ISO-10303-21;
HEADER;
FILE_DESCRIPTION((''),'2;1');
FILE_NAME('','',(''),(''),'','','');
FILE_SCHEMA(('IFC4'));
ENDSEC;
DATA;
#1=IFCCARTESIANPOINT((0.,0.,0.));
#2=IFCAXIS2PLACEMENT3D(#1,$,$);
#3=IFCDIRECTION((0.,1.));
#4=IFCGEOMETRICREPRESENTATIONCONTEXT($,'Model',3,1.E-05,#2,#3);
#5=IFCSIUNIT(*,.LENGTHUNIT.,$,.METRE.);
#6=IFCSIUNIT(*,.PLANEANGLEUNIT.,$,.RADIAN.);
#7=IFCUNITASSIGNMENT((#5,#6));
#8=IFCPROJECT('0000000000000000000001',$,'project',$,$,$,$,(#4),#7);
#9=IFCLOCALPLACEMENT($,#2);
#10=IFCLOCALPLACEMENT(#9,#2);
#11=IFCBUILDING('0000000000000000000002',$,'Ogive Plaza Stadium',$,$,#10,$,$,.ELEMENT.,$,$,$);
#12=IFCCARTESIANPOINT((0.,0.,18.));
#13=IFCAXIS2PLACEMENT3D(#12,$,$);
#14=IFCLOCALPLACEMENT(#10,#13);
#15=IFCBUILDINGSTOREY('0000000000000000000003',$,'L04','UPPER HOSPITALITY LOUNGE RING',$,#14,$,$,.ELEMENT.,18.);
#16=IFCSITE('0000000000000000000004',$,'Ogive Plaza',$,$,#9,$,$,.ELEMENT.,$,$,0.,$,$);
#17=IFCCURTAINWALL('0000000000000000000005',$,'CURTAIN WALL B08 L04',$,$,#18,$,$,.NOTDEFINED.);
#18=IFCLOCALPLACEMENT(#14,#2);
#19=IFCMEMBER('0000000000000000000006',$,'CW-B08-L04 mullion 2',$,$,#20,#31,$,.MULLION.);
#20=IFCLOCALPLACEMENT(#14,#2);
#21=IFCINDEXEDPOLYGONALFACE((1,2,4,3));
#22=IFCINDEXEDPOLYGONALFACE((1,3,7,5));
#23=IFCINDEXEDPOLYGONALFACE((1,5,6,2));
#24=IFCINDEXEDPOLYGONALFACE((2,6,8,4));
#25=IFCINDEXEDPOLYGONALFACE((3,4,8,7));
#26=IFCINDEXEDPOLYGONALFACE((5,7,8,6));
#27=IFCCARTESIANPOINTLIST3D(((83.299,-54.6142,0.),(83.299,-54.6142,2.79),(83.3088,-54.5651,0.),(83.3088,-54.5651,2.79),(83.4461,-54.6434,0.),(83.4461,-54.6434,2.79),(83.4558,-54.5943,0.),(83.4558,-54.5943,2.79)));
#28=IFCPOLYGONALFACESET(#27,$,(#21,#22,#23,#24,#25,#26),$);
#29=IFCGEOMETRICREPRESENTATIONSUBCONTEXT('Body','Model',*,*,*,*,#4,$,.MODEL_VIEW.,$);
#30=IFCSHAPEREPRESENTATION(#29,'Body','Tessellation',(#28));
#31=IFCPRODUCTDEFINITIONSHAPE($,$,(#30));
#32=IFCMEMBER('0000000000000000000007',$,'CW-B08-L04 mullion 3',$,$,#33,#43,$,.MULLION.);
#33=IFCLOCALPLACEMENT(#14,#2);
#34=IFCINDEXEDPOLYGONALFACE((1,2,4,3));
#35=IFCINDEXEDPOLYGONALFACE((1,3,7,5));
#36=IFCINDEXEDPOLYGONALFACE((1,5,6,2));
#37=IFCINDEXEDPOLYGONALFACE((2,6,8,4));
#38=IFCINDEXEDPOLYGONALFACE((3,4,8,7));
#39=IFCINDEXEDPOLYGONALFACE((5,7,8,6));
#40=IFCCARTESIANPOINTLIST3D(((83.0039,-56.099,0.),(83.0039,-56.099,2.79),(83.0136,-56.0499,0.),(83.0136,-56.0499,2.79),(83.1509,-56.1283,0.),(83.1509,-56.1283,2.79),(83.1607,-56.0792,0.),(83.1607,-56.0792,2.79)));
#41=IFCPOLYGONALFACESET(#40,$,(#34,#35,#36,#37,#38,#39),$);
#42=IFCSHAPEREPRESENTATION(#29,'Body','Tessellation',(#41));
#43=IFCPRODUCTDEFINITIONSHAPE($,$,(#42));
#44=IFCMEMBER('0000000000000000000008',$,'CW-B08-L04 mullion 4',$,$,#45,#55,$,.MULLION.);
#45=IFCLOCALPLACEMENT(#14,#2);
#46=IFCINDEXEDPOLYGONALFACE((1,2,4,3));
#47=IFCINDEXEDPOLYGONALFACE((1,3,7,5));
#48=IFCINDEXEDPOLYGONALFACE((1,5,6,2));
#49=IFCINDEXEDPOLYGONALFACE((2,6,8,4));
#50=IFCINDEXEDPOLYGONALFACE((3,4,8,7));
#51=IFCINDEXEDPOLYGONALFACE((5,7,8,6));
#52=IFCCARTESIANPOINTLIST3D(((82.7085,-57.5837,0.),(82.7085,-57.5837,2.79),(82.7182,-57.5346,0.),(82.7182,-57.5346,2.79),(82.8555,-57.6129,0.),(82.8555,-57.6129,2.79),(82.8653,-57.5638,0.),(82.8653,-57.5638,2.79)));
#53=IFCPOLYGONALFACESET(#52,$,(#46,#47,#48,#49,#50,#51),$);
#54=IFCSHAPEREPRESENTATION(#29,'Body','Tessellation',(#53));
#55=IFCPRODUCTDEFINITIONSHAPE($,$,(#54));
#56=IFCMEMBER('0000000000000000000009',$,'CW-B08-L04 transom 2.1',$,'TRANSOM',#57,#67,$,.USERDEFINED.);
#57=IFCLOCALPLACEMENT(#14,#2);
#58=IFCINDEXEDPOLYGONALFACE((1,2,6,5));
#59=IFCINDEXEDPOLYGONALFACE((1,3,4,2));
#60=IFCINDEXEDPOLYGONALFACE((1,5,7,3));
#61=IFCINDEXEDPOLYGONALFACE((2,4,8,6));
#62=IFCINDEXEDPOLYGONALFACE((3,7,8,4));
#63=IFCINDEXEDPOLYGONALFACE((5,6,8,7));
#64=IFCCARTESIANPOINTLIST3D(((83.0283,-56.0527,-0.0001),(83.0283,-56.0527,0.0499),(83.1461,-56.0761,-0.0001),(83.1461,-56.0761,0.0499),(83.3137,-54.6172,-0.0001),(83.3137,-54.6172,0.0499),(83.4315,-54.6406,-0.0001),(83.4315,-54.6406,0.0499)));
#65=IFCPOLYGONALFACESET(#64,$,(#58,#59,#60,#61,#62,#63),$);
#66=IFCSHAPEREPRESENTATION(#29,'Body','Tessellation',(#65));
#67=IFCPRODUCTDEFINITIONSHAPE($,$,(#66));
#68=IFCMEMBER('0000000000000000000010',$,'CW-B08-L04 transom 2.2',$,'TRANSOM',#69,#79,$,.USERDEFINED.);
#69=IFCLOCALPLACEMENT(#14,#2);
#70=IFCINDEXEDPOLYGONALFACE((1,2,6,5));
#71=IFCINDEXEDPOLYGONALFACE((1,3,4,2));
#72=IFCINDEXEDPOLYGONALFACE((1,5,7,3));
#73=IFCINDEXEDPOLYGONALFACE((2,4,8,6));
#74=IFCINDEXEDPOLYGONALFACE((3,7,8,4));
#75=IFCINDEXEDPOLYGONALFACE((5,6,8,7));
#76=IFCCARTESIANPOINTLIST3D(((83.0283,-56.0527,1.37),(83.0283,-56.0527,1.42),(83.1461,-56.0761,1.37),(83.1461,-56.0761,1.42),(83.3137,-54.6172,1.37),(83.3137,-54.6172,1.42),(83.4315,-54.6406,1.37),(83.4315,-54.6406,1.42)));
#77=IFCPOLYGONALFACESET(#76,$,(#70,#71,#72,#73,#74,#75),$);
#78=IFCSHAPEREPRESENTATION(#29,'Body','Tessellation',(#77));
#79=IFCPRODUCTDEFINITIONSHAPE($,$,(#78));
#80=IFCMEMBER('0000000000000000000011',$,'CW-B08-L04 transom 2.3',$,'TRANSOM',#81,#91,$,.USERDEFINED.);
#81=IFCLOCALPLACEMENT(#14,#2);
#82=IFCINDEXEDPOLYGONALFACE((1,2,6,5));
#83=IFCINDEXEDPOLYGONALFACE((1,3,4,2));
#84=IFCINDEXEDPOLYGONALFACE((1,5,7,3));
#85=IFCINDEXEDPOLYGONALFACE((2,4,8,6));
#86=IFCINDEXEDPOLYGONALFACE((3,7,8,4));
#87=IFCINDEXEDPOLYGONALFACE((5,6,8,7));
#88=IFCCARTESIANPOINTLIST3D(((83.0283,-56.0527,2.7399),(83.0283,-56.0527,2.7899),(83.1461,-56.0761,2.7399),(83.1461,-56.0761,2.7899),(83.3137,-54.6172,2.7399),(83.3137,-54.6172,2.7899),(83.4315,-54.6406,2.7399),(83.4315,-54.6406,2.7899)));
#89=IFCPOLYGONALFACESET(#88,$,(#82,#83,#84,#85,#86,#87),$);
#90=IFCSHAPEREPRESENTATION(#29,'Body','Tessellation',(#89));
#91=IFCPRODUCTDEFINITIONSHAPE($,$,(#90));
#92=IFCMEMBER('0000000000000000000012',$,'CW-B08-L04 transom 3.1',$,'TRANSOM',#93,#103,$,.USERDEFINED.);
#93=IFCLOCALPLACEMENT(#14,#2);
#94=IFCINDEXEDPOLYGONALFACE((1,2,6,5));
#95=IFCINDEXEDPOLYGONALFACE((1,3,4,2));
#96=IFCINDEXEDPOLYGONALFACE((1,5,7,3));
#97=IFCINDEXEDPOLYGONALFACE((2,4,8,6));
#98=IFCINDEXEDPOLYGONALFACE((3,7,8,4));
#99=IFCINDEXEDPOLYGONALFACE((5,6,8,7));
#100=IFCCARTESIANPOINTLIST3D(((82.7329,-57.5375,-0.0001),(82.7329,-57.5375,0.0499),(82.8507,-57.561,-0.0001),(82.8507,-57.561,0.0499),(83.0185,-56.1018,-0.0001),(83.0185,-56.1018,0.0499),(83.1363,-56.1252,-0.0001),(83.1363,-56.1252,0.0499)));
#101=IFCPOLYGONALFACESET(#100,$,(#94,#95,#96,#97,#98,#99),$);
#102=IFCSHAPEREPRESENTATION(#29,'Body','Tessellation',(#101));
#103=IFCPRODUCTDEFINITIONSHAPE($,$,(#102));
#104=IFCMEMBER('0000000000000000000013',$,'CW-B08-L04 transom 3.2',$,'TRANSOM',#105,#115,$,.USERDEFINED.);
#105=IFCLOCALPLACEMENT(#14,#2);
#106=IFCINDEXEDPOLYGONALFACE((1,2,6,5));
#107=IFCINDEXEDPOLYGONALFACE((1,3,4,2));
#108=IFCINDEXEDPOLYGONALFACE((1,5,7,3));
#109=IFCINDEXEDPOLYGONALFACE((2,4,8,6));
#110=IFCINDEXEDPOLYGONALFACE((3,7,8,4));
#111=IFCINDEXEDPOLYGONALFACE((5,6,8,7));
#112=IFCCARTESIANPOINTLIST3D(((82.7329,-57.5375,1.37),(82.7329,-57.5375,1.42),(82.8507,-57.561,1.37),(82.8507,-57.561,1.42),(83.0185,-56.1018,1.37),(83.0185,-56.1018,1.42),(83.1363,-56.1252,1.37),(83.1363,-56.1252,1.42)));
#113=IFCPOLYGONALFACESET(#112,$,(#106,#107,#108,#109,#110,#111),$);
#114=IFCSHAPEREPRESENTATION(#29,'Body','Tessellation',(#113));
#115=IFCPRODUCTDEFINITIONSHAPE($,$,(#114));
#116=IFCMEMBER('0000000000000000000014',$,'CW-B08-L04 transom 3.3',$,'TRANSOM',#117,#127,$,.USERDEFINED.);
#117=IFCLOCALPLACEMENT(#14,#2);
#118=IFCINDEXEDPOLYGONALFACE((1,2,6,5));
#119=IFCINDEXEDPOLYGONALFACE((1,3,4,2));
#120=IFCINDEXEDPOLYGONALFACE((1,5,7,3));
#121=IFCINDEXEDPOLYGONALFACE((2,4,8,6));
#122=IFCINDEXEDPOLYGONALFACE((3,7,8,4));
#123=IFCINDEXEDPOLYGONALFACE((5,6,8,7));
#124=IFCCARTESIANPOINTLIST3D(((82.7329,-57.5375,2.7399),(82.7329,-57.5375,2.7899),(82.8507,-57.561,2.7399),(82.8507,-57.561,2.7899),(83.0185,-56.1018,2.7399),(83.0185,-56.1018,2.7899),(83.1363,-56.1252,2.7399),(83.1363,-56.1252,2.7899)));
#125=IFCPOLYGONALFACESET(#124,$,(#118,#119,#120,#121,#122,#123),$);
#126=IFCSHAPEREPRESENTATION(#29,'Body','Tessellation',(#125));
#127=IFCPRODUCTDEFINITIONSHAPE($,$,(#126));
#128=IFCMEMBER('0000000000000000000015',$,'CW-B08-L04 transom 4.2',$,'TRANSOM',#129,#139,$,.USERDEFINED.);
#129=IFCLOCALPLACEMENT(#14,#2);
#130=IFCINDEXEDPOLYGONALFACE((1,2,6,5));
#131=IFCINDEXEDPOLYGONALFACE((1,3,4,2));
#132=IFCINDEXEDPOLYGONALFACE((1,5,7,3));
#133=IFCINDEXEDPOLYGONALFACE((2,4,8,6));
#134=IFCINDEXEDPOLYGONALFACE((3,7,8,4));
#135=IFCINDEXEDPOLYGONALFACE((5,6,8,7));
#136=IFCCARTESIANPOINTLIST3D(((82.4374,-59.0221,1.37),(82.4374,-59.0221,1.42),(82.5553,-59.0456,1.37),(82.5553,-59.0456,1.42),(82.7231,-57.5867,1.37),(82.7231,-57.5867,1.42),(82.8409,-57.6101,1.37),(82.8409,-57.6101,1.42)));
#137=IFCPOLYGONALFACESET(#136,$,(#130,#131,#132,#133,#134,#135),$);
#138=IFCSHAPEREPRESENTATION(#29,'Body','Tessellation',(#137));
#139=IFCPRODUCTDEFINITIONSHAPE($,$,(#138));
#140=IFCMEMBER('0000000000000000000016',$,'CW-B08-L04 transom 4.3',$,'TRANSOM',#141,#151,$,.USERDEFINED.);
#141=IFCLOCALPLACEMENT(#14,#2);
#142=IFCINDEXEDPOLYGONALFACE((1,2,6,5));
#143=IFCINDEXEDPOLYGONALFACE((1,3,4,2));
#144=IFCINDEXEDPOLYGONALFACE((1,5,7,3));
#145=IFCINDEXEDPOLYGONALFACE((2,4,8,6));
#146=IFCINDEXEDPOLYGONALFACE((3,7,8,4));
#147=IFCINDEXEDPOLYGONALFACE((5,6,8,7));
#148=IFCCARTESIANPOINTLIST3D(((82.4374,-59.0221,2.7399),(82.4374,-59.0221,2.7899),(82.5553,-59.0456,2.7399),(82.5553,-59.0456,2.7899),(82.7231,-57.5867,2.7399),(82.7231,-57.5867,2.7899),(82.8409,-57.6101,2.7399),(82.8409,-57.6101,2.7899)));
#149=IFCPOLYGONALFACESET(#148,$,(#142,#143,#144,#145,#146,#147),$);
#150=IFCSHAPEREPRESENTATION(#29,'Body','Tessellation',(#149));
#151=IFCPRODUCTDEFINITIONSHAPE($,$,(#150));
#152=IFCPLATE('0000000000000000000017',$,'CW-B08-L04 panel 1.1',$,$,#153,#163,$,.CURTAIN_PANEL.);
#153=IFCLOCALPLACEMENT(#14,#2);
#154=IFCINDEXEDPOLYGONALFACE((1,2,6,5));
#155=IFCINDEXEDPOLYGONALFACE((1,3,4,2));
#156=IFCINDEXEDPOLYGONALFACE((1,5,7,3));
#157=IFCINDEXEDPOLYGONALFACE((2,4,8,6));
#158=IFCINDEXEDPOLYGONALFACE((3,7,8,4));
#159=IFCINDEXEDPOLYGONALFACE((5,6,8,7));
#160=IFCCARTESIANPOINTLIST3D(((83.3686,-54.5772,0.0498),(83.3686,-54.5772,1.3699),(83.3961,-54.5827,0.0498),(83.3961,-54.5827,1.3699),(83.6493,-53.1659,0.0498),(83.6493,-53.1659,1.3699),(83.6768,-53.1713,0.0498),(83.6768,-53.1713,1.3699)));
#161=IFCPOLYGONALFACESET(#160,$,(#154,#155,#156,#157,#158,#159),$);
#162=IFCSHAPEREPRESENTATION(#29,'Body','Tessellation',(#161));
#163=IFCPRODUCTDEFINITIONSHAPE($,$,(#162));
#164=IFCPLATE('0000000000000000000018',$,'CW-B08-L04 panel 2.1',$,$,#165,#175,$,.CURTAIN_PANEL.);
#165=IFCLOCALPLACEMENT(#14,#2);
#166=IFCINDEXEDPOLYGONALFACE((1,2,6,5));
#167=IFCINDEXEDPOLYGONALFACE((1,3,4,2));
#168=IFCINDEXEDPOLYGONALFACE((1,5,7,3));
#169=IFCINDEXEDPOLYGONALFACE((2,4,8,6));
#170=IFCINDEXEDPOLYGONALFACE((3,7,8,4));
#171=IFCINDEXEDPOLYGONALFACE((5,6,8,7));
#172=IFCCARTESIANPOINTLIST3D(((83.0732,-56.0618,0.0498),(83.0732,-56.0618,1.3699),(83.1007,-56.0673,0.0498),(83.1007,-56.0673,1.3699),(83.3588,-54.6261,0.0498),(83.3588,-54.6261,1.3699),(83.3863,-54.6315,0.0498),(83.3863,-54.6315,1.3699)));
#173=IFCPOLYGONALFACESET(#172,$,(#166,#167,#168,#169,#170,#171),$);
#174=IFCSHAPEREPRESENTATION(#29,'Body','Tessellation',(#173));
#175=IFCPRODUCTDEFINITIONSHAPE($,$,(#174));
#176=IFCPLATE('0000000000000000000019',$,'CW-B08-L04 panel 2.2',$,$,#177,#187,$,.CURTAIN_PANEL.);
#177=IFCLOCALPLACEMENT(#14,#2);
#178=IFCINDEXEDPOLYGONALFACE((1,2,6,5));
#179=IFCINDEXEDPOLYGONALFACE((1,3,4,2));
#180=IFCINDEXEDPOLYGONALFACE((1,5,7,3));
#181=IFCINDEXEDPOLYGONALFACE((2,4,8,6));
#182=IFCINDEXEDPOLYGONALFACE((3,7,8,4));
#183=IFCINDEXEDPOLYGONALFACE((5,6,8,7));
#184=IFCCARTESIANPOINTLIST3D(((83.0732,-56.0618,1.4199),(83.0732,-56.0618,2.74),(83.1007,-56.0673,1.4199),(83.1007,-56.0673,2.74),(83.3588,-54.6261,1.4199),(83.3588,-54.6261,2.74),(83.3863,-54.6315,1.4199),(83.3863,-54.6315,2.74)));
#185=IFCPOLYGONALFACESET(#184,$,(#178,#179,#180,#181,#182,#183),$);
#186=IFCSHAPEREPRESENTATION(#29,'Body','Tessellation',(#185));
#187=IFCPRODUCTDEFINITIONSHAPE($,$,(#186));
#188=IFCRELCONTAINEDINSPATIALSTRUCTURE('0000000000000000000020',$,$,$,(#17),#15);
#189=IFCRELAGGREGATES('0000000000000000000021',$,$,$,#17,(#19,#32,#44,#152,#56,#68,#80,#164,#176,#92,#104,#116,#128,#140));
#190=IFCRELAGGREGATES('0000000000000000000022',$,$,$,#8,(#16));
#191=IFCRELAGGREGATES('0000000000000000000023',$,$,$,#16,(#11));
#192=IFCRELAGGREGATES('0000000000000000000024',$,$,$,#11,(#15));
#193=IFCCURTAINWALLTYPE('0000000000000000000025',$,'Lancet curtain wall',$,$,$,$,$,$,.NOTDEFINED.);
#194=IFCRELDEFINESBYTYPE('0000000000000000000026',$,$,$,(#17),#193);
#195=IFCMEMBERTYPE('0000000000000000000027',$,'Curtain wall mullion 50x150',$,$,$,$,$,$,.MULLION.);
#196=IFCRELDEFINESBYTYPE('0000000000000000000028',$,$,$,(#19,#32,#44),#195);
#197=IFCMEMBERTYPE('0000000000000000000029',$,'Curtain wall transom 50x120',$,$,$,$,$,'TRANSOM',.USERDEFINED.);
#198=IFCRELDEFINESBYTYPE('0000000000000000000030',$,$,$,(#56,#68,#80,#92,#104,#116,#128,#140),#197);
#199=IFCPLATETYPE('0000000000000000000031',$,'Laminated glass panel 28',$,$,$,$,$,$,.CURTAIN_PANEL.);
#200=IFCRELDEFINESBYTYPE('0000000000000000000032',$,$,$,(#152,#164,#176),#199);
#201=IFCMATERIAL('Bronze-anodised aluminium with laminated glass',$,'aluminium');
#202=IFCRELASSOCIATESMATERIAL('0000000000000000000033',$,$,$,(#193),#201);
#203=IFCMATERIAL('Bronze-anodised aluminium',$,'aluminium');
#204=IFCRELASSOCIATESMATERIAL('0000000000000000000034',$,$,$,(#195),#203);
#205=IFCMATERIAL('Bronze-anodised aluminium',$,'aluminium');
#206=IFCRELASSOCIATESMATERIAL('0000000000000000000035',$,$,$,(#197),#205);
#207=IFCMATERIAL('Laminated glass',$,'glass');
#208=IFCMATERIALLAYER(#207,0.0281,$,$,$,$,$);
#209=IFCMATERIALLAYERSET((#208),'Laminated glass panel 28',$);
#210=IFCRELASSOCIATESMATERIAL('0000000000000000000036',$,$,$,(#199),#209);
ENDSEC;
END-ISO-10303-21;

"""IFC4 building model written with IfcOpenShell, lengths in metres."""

from ifc_helpers import new_model, si_unit, direction, frame, origin, origin_2d, place, context, subcontext, project, spatial, rectangle, extrude, material, layer, layer_set, material_profile, profile_set, type_object, element, aggregate, save


model = new_model("IFC4")

# Units and contexts
model_context = context("Model", 3, precision=1e-05, world=origin(), true_north=direction((0.0, 1.0)))
body_context = subcontext(model_context, "Body", "Model", "MODEL_VIEW")
ifc_project = project(units=[si_unit("LENGTHUNIT", "METRE"), si_unit("PLANEANGLEUNIT", "RADIAN")], contexts=[model_context])

# Site, building, storey
site_placement = place(None, origin())
site = spatial("IfcSite", under=ifc_project, at=site_placement, Name="Ogive Plaza", CompositionType="ELEMENT", RefElevation=0.0)
building_placement = place(site_placement, origin())
building = spatial("IfcBuilding", under=site, at=building_placement, Name="Ogive Plaza Stadium", CompositionType="ELEMENT")
storey_placement = place(building_placement, frame((0.0, 0.0, 18.0)))
storey = spatial("IfcBuildingStorey", under=building, at=storey_placement, Name="L04", Description="UPPER HOSPITALITY LOUNGE RING", CompositionType="ELEMENT", Elevation=18.0)

# Curtain wall, members, plates
ifc_material_1 = material(Name="Bronze-anodised aluminium with laminated glass", Category="aluminium")
curtain_wall_type = type_object("IfcCurtainWallType", Name="Lancet curtain wall", PredefinedType="NOTDEFINED", material=ifc_material_1)
curtain_wall_placement = place(storey_placement, origin())
curtain_wall = element("IfcCurtainWall", 1, at=curtain_wall_placement, inside=storey, type_object=curtain_wall_type, Name="CURTAIN WALL B08 L04", PredefinedType="NOTDEFINED")
ifc_material_2 = material(Name="Bronze-anodised aluminium", Category="aluminium")
ifc_material_profile_1 = material_profile(ifc_material_2, rectangle(XDim=0.1499, YDim=0.05, at=origin_2d()), Name="AL 150x50")
ifc_profile_set_1 = profile_set([ifc_material_profile_1], Name="Bronze-anodised aluminium")
member_type_1 = type_object("IfcMemberType", Name="Curtain wall mullion 50x150", PredefinedType="MULLION", material=ifc_profile_set_1)
member_1_placement = place(storey_placement, frame((83.3774, -54.6042, 0.0), z_axis=(0.0, 0.0, 1.0), x_axis=(0.980785, -0.19509, 0.0)))
member_1 = element("IfcMember", 2, at=member_1_placement, type_object=member_type_1, Name="CW-B08-L04 mullion 2", PredefinedType="MULLION", context=body_context, shape_type="SweptSolid", body=[
    extrude(rectangle(XDim=0.1499, YDim=0.05, at=origin_2d()), origin(), (0.0, 0.0, 1.0), 2.79),
])
member_2_placement = place(storey_placement, frame((83.0823, -56.0891, 0.0), z_axis=(0.0, 0.0, 1.0), x_axis=(0.980785, -0.19509, 0.0)))
member_2 = element("IfcMember", 3, at=member_2_placement, type_object=member_type_1, Name="CW-B08-L04 mullion 3", PredefinedType="MULLION", context=body_context, shape_type="SweptSolid", body=[
    extrude(rectangle(XDim=0.1499, YDim=0.05, at=origin_2d()), origin(), (0.0, 0.0, 1.0), 2.79),
])
member_3_placement = place(storey_placement, frame((82.7869, -57.5737, 0.0), z_axis=(0.0, 0.0, 1.0), x_axis=(0.980785, -0.19509, 0.0)))
member_3 = element("IfcMember", 4, at=member_3_placement, type_object=member_type_1, Name="CW-B08-L04 mullion 4", PredefinedType="MULLION", context=body_context, shape_type="SweptSolid", body=[
    extrude(rectangle(XDim=0.1499, YDim=0.05, at=origin_2d()), origin(), (0.0, 0.0, 1.0), 2.79),
])
ifc_material_3 = material(Name="Bronze-anodised aluminium", Category="aluminium")
ifc_material_profile_2 = material_profile(ifc_material_3, rectangle(XDim=0.1201, YDim=0.05, at=origin_2d()), Name="AL 120x50")
ifc_profile_set_2 = profile_set([ifc_material_profile_2], Name="Bronze-anodised aluminium")
member_type_2 = type_object("IfcMemberType", Name="Curtain wall transom 50x120", ElementType="TRANSOM", PredefinedType="USERDEFINED", material=ifc_profile_set_2)
member_4_placement = place(storey_placement, frame((83.3726, -54.6289, 0.0249), z_axis=(-0.194993, -0.980805, 0.0), x_axis=(0.980805, -0.194993, 0.0)))
member_4 = element("IfcMember", 5, at=member_4_placement, type_object=member_type_2, Name="CW-B08-L04 transom 2.1", ObjectType="TRANSOM", PredefinedType="USERDEFINED", context=body_context, shape_type="SweptSolid", body=[
    extrude(rectangle(XDim=0.1201, YDim=0.05, at=origin_2d()), origin(), (0.0, 0.0, 1.0), 1.4636),
])
member_5_placement = place(storey_placement, frame((83.3726, -54.6289, 1.395), z_axis=(-0.194993, -0.980805, 0.0), x_axis=(0.980805, -0.194993, 0.0)))
member_5 = element("IfcMember", 6, at=member_5_placement, type_object=member_type_2, Name="CW-B08-L04 transom 2.2", ObjectType="TRANSOM", PredefinedType="USERDEFINED", context=body_context, shape_type="SweptSolid", body=[
    extrude(rectangle(XDim=0.1201, YDim=0.05, at=origin_2d()), origin(), (0.0, 0.0, 1.0), 1.4636),
])
member_6_placement = place(storey_placement, frame((83.3726, -54.6289, 2.7649), z_axis=(-0.194993, -0.980805, 0.0), x_axis=(0.980805, -0.194993, 0.0)))
member_6 = element("IfcMember", 7, at=member_6_placement, type_object=member_type_2, Name="CW-B08-L04 transom 2.3", ObjectType="TRANSOM", PredefinedType="USERDEFINED", context=body_context, shape_type="SweptSolid", body=[
    extrude(rectangle(XDim=0.1201, YDim=0.05, at=origin_2d()), origin(), (0.0, 0.0, 1.0), 1.4636),
])
member_7_placement = place(storey_placement, frame((83.0774, -56.1135, 0.0249), z_axis=(-0.195122, -0.980779, 0.0), x_axis=(0.980779, -0.195122, 0.0)))
member_7 = element("IfcMember", 8, at=member_7_placement, type_object=member_type_2, Name="CW-B08-L04 transom 3.1", ObjectType="TRANSOM", PredefinedType="USERDEFINED", context=body_context, shape_type="SweptSolid", body=[
    extrude(rectangle(XDim=0.1201, YDim=0.05, at=origin_2d()), origin(), (0.0, 0.0, 1.0), 1.4639),
])
member_8_placement = place(storey_placement, frame((83.0774, -56.1135, 1.395), z_axis=(-0.195122, -0.980779, 0.0), x_axis=(0.980779, -0.195122, 0.0)))
member_8 = element("IfcMember", 9, at=member_8_placement, type_object=member_type_2, Name="CW-B08-L04 transom 3.2", ObjectType="TRANSOM", PredefinedType="USERDEFINED", context=body_context, shape_type="SweptSolid", body=[
    extrude(rectangle(XDim=0.1201, YDim=0.05, at=origin_2d()), origin(), (0.0, 0.0, 1.0), 1.4639),
])
member_9_placement = place(storey_placement, frame((83.0774, -56.1135, 2.7649), z_axis=(-0.195122, -0.980779, 0.0), x_axis=(0.980779, -0.195122, 0.0)))
member_9 = element("IfcMember", 10, at=member_9_placement, type_object=member_type_2, Name="CW-B08-L04 transom 3.3", ObjectType="TRANSOM", PredefinedType="USERDEFINED", context=body_context, shape_type="SweptSolid", body=[
    extrude(rectangle(XDim=0.1201, YDim=0.05, at=origin_2d()), origin(), (0.0, 0.0, 1.0), 1.4639),
])
member_10_placement = place(storey_placement, frame((82.782, -57.5984, 1.395), z_axis=(-0.195154, -0.980773, 0.0), x_axis=(0.980773, -0.195154, 0.0)))
member_10 = element("IfcMember", 11, at=member_10_placement, type_object=member_type_2, Name="CW-B08-L04 transom 4.2", ObjectType="TRANSOM", PredefinedType="USERDEFINED", context=body_context, shape_type="SweptSolid", body=[
    extrude(rectangle(XDim=0.1201, YDim=0.05, at=origin_2d()), origin(), (0.0, 0.0, 1.0), 1.4636),
])
member_11_placement = place(storey_placement, frame((82.782, -57.5984, 2.7649), z_axis=(-0.195154, -0.980773, 0.0), x_axis=(0.980773, -0.195154, 0.0)))
member_11 = element("IfcMember", 12, at=member_11_placement, type_object=member_type_2, Name="CW-B08-L04 transom 4.3", ObjectType="TRANSOM", PredefinedType="USERDEFINED", context=body_context, shape_type="SweptSolid", body=[
    extrude(rectangle(XDim=0.1201, YDim=0.05, at=origin_2d()), origin(), (0.0, 0.0, 1.0), 1.4636),
])
ifc_material_4 = material(Name="Laminated glass", Category="glass")
ifc_layer_1 = layer(ifc_material_4, 0.0281)
ifc_layer_set_1 = layer_set([ifc_layer_1], Name="Laminated glass panel 28")
plate_type = type_object("IfcPlateType", Name="Laminated glass panel 28", PredefinedType="CURTAIN_PANEL", material=ifc_layer_set_1)
plate_1_placement = place(storey_placement, frame((83.5227, -53.8743, 0.0498), z_axis=(0.0, 0.0, 1.0), x_axis=(-0.19509, -0.980785, 0.0)))
plate_1 = element("IfcPlate", 13, at=plate_1_placement, type_object=plate_type, Name="CW-B08-L04 panel 1.1", PredefinedType="CURTAIN_PANEL", context=body_context, shape_type="SweptSolid", body=[
    extrude(rectangle(XDim=1.439, YDim=0.0281, at=origin_2d()), origin(), (0.0, 0.0, 1.0), 1.3201),
])
plate_2_placement = place(storey_placement, frame((83.2297, -55.3467, 0.0498), z_axis=(0.0, 0.0, 1.0), x_axis=(-0.19509, -0.980785, 0.0)))
plate_2 = element("IfcPlate", 14, at=plate_2_placement, type_object=plate_type, Name="CW-B08-L04 panel 2.1", PredefinedType="CURTAIN_PANEL", context=body_context, shape_type="SweptSolid", body=[
    extrude(rectangle(XDim=1.4639, YDim=0.0281, at=origin_2d()), origin(), (0.0, 0.0, 1.0), 1.3201),
])
plate_3_placement = place(storey_placement, frame((83.2297, -55.3467, 1.4199), z_axis=(0.0, 0.0, 1.0), x_axis=(-0.19509, -0.980785, 0.0)))
plate_3 = element("IfcPlate", 15, at=plate_3_placement, type_object=plate_type, Name="CW-B08-L04 panel 2.2", PredefinedType="CURTAIN_PANEL", context=body_context, shape_type="SweptSolid", body=[
    extrude(rectangle(XDim=1.4639, YDim=0.0281, at=origin_2d()), origin(), (0.0, 0.0, 1.0), 1.3201),
])
aggregate(curtain_wall, [member_1, member_2, member_3, plate_1, member_4, member_5, member_6, plate_2, plate_3, member_7, member_8, member_9, member_10, member_11])

save(model, "model.ifc")
